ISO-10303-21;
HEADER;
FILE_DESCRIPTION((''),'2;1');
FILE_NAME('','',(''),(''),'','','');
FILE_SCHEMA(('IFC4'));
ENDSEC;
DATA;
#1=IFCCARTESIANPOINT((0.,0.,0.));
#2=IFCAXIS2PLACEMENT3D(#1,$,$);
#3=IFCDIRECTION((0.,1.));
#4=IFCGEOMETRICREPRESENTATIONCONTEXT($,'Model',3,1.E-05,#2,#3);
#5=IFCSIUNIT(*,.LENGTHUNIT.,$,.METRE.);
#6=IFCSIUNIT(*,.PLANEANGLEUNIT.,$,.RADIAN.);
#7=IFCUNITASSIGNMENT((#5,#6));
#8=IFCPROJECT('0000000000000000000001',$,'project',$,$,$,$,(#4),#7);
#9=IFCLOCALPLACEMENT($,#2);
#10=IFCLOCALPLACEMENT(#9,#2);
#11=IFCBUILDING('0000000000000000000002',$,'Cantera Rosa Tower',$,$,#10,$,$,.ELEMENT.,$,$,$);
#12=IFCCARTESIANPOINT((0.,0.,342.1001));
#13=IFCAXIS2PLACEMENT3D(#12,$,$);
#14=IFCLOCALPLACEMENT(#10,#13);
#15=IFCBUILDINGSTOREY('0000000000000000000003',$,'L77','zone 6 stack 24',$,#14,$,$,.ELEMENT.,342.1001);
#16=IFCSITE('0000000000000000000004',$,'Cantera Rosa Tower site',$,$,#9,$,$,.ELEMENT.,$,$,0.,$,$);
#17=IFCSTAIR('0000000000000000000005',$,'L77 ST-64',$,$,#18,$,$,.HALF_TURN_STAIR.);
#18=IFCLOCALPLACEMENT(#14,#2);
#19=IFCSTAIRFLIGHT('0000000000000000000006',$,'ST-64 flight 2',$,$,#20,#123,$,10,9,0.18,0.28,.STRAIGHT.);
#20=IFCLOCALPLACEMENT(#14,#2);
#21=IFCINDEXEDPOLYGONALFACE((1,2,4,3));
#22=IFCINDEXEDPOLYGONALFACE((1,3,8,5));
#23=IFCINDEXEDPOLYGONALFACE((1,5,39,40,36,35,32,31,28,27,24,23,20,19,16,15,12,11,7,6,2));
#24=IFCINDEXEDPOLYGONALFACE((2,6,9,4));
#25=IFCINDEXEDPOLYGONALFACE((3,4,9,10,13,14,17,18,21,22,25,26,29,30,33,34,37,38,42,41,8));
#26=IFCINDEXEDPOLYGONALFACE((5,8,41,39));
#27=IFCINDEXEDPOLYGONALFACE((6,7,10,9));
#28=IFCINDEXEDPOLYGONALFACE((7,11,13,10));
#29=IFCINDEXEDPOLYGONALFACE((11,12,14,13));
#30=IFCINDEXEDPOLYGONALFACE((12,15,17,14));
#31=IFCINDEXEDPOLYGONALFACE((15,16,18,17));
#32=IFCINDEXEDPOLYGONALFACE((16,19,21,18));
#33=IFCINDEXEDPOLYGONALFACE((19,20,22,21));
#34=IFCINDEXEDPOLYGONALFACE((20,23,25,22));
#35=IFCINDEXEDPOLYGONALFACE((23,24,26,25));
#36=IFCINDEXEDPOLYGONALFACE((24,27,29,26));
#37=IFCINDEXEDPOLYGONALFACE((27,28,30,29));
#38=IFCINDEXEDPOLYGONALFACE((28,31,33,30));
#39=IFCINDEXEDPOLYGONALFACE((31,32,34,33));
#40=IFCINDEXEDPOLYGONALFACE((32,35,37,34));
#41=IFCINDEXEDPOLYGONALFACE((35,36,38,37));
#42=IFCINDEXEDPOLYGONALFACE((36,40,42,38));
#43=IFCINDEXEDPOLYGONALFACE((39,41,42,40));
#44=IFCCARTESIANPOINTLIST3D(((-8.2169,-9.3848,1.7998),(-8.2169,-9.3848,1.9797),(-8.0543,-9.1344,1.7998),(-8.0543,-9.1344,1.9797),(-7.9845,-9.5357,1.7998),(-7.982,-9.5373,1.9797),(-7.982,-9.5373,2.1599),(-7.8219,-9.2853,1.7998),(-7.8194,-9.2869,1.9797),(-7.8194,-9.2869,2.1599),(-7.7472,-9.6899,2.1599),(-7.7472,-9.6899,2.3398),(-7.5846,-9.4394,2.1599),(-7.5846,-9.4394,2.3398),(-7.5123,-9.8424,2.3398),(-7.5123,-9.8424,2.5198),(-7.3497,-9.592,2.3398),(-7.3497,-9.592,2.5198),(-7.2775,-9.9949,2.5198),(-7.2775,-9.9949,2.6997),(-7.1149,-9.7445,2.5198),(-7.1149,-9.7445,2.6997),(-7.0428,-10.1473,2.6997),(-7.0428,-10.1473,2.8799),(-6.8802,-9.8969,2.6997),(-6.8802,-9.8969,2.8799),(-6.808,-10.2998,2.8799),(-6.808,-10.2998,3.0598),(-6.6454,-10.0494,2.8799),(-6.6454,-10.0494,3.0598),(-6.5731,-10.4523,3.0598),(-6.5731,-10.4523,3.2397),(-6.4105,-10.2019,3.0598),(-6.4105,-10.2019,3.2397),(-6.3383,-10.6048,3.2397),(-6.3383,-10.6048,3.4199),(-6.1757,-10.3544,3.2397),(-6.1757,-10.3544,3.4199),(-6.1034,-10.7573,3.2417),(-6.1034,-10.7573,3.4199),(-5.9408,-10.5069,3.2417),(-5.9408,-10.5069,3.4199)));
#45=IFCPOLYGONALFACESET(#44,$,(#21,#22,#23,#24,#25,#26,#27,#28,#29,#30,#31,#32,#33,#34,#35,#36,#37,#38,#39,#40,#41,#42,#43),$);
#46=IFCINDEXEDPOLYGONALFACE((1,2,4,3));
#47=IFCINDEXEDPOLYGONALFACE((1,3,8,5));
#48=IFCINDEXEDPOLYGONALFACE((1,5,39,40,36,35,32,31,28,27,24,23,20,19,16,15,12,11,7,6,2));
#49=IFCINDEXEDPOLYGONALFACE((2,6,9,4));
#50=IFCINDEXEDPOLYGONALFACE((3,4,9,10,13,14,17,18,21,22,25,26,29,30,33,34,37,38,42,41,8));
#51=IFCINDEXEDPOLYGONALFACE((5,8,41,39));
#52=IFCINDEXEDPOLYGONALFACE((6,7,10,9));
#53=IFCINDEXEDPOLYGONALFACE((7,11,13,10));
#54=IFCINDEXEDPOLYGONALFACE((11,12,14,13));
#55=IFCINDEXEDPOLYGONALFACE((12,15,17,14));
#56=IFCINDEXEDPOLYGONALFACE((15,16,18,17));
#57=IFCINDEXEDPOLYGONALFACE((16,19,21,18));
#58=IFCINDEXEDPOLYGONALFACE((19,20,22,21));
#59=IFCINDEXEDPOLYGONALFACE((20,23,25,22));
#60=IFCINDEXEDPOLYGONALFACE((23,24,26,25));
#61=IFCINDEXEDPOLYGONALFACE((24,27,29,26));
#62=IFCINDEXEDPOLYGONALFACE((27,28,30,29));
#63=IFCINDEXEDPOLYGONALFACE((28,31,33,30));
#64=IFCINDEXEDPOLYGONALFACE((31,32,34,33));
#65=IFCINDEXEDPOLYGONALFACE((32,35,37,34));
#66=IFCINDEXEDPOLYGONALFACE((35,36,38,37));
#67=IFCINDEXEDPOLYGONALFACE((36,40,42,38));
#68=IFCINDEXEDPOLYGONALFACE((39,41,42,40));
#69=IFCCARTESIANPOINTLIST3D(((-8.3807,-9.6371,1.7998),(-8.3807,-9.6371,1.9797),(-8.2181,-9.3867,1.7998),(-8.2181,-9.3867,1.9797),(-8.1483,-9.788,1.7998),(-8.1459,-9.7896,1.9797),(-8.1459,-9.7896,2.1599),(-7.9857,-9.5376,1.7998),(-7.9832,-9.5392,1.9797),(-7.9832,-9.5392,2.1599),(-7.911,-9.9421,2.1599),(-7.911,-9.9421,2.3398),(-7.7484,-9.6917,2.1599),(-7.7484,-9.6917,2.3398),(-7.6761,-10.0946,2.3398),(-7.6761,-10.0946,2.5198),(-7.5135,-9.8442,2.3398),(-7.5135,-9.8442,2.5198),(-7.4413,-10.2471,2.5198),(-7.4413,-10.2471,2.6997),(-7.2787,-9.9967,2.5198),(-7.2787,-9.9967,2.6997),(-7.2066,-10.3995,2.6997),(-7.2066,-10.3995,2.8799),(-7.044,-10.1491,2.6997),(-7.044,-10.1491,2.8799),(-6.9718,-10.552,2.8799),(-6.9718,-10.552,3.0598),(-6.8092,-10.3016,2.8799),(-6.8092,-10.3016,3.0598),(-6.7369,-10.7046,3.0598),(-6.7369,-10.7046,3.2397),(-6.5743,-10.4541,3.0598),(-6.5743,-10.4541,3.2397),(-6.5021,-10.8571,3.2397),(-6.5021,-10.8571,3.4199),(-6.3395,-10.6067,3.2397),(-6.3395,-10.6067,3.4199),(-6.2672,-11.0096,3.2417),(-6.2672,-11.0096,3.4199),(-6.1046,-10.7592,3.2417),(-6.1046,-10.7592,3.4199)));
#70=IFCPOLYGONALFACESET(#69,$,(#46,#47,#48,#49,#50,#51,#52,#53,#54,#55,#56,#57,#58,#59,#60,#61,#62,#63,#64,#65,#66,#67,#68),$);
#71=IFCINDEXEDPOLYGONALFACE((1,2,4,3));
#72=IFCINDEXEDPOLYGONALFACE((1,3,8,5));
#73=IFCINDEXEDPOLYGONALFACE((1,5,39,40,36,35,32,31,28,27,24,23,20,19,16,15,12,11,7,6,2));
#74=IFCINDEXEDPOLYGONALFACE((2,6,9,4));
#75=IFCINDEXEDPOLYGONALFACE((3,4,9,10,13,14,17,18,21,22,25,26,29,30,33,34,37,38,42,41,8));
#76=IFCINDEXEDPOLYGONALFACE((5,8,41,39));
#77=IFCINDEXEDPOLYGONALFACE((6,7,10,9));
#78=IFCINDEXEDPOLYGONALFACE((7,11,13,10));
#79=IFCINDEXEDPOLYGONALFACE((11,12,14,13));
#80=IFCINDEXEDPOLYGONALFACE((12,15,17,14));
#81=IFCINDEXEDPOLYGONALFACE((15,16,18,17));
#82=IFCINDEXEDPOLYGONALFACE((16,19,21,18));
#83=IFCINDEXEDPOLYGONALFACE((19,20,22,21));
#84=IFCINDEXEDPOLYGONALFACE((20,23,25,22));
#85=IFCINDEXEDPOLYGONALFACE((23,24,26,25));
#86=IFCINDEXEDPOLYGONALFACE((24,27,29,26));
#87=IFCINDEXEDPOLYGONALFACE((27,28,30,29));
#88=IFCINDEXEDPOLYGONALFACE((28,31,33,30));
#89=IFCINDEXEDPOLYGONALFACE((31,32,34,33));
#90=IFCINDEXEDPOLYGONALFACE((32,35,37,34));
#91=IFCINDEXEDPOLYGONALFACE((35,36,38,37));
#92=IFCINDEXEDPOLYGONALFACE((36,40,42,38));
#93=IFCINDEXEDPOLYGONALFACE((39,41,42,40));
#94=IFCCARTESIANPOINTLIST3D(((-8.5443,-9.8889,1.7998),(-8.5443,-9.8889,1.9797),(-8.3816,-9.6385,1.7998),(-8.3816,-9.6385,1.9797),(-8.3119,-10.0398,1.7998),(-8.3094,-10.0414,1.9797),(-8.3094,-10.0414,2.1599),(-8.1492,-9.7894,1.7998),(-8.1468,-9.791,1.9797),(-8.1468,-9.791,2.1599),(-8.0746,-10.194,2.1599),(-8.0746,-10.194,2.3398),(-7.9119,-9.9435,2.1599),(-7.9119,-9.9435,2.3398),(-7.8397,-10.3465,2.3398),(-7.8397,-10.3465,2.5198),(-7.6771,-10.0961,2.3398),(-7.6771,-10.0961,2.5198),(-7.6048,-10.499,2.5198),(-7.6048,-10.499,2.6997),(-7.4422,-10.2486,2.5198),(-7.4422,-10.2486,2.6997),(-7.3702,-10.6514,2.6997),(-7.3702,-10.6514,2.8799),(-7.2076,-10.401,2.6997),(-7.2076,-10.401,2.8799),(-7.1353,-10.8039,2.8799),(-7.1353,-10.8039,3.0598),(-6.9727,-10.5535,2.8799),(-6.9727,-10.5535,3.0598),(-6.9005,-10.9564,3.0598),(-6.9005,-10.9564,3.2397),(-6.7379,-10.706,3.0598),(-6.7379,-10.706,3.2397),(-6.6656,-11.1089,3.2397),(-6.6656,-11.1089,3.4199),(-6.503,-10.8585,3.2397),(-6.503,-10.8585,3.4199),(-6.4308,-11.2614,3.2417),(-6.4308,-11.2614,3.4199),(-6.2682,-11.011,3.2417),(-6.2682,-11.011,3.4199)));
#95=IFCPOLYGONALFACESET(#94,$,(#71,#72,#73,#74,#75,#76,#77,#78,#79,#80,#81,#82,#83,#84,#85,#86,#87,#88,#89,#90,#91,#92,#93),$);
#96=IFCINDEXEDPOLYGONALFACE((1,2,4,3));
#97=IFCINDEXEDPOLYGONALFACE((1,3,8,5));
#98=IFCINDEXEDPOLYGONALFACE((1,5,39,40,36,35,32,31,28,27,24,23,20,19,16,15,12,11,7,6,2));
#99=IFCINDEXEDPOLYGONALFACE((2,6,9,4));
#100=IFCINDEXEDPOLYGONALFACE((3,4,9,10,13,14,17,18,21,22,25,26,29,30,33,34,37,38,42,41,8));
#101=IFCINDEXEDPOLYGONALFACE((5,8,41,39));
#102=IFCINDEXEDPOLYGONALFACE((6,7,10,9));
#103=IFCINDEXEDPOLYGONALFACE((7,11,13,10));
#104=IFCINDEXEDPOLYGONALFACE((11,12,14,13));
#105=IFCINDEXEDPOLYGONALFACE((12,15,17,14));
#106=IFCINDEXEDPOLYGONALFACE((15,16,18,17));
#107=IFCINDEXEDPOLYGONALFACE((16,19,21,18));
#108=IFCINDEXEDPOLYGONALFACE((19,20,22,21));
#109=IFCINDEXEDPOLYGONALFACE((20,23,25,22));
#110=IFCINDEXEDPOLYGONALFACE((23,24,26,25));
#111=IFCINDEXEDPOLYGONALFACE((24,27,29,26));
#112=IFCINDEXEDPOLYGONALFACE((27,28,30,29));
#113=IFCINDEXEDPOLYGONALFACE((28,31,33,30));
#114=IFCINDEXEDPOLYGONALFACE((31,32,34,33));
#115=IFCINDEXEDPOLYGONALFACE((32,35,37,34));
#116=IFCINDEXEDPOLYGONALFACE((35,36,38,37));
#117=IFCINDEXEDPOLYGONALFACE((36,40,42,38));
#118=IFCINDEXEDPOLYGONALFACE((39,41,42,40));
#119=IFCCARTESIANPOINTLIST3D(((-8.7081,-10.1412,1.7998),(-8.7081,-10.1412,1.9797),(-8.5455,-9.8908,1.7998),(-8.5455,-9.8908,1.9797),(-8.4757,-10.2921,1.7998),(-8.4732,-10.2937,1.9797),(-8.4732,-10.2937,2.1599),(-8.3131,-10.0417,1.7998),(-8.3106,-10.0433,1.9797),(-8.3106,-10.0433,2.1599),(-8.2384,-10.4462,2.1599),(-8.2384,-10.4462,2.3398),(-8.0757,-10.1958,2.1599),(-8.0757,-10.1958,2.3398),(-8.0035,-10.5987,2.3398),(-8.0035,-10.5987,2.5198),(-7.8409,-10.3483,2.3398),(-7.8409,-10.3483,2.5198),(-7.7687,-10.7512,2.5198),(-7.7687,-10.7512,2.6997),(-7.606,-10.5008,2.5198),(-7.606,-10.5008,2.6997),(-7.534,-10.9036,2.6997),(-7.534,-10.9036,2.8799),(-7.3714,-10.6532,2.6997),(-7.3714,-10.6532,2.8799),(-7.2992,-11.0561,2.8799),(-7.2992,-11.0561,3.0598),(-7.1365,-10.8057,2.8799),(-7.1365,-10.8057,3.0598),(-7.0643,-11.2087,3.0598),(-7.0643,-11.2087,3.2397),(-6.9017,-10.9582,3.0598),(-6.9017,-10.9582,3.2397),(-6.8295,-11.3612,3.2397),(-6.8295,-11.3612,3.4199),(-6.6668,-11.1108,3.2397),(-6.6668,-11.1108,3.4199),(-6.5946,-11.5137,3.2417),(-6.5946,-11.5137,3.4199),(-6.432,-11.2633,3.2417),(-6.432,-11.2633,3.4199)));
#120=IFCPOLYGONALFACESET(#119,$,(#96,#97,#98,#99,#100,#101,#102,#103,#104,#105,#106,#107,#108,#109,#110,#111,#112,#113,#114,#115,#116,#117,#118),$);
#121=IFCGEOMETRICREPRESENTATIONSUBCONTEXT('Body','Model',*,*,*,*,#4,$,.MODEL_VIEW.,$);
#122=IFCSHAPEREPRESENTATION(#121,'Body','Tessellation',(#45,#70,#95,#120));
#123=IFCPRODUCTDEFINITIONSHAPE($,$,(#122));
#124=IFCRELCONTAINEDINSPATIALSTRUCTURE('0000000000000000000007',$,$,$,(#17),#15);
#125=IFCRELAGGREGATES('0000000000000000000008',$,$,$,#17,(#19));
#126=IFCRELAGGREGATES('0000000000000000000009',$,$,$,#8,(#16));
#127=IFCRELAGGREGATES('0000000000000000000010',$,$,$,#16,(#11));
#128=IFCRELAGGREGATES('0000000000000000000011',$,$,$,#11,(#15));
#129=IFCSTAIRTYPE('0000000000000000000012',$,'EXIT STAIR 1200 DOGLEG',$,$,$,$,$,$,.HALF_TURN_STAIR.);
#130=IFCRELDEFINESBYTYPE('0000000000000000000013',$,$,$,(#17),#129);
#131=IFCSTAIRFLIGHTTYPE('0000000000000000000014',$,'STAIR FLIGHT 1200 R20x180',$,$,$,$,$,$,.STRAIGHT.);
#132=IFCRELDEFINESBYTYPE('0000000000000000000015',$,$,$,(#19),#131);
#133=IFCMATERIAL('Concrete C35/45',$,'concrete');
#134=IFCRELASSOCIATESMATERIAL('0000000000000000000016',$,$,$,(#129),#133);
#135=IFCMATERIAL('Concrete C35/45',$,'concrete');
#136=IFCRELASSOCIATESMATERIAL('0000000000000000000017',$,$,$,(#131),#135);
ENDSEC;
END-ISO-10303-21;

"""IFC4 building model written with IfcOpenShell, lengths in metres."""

from ifc_helpers import new_model, si_unit, direction, frame, origin, place, context, subcontext, project, spatial, polyline, outline, extrude, material, type_object, element, aggregate, save


model = new_model("IFC4")

# Units and contexts
model_context = context("Model", 3, precision=1e-05, world=origin(), true_north=direction((0.0, 1.0)))
body_context = subcontext(model_context, "Body", "Model", "MODEL_VIEW")
ifc_project = project(units=[si_unit("LENGTHUNIT", "METRE"), si_unit("PLANEANGLEUNIT", "RADIAN")], contexts=[model_context])

# Site, building, storey
site_placement = place(None, origin())
site = spatial("IfcSite", under=ifc_project, at=site_placement, Name="Cantera Rosa Tower site", CompositionType="ELEMENT", RefElevation=0.0)
building_placement = place(site_placement, origin())
building = spatial("IfcBuilding", under=site, at=building_placement, Name="Cantera Rosa Tower", CompositionType="ELEMENT")
storey_placement = place(building_placement, frame((0.0, 0.0, 342.1001)))
storey = spatial("IfcBuildingStorey", under=building, at=storey_placement, Name="L77", Description="zone 6 stack 24", CompositionType="ELEMENT", Elevation=342.1001)

# Stair, stair flight
ifc_material_1 = material(Name="Concrete C35/45", Category="concrete")
stair_type = type_object("IfcStairType", Name="EXIT STAIR 1200 DOGLEG", PredefinedType="HALF_TURN_STAIR", material=ifc_material_1)
stair_placement = place(storey_placement, origin())
stair = element("IfcStair", 1, at=stair_placement, inside=storey, type_object=stair_type, Name="L77 ST-64", PredefinedType="HALF_TURN_STAIR")
ifc_material_2 = material(Name="Concrete C35/45", Category="concrete")
stair_flight_type = type_object("IfcStairFlightType", Name="STAIR FLIGHT 1200 R20x180", PredefinedType="STRAIGHT", material=ifc_material_2)
stair_flight_1_placement = place(storey_placement, frame((-8.3811, -9.6377, 1.7998), z_axis=(0.0, 0.0, 1.0), x_axis=(0.838671, -0.544639, 0.0)))
stair_flight_1 = element("IfcStairFlight", 2, at=stair_flight_1_placement, type_object=stair_flight_type, Name="ST-64 flight 2", NumberOfRisers=10, NumberOfTreads=9, PredefinedType="STRAIGHT", RiserHeight=0.18, TreadLength=0.28, context=body_context, shape_type="SweptSolid", body=[
    extrude(outline(polyline([(0.0, 0.0), (0.0, 0.1799), (0.28, 0.1799), (0.28, 0.3601), (0.5601, 0.3601), (0.5601, 0.54), (0.8401, 0.54), (0.8401, 0.72), (1.1201, 0.72), (1.1201, 0.8999), (1.3999, 0.8999), (1.3999, 1.0801), (1.6799, 1.0801), (1.6799, 1.26), (1.96, 1.26), (1.96, 1.4399), (2.24, 1.4399), (2.24, 1.6201), (2.52, 1.6201), (2.52, 1.8), (2.52, 1.4419), (0.2771, 0.0), (0.0, 0.0)])), frame((0.0, 0.6001, 0.0), z_axis=(0.0, -1.0, 0.0), x_axis=(1.0, 0.0, 0.0)), (0.0, 0.0, 1.0), 0.2986),
    extrude(outline(polyline([(0.0, 0.0), (0.0, 0.1799), (0.28, 0.1799), (0.28, 0.3601), (0.5601, 0.3601), (0.5601, 0.54), (0.8401, 0.54), (0.8401, 0.72), (1.1201, 0.72), (1.1201, 0.8999), (1.3999, 0.8999), (1.3999, 1.0801), (1.6799, 1.0801), (1.6799, 1.26), (1.96, 1.26), (1.96, 1.4399), (2.24, 1.4399), (2.24, 1.6201), (2.52, 1.6201), (2.52, 1.8), (2.52, 1.4419), (0.2771, 0.0), (0.0, 0.0)])), frame((0.0, 0.2993, 0.0), z_axis=(0.0, -1.0, 0.0), x_axis=(1.0, 0.0, 0.0)), (0.0, 0.0, 1.0), 0.2986),
    extrude(outline(polyline([(0.0, 0.0), (0.0, 0.1799), (0.28, 0.1799), (0.28, 0.3601), (0.5601, 0.3601), (0.5601, 0.54), (0.8401, 0.54), (0.8401, 0.72), (1.1201, 0.72), (1.1201, 0.8999), (1.3999, 0.8999), (1.3999, 1.0801), (1.6799, 1.0801), (1.6799, 1.26), (1.96, 1.26), (1.96, 1.4399), (2.24, 1.4399), (2.24, 1.6201), (2.52, 1.6201), (2.52, 1.8), (2.52, 1.4419), (0.2771, 0.0), (0.0, 0.0)])), frame((0.0, -0.001, 0.0), z_axis=(0.0, -1.0, 0.0), x_axis=(1.0, 0.0, 0.0)), (0.0, 0.0, 1.0), 0.2986),
    extrude(outline(polyline([(0.0, 0.0), (0.0, 0.1799), (0.28, 0.1799), (0.28, 0.3601), (0.5601, 0.3601), (0.5601, 0.54), (0.8401, 0.54), (0.8401, 0.72), (1.1201, 0.72), (1.1201, 0.8999), (1.3999, 0.8999), (1.3999, 1.0801), (1.6799, 1.0801), (1.6799, 1.26), (1.96, 1.26), (1.96, 1.4399), (2.24, 1.4399), (2.24, 1.6201), (2.52, 1.6201), (2.52, 1.8), (2.52, 1.4419), (0.2771, 0.0), (0.0, 0.0)])), frame((0.0, -0.3018, 0.0), z_axis=(0.0, -1.0, 0.0), x_axis=(1.0, 0.0, 0.0)), (0.0, 0.0, 1.0), 0.2986),
])
aggregate(stair, [stair_flight_1])

save(model, "model.ifc")
